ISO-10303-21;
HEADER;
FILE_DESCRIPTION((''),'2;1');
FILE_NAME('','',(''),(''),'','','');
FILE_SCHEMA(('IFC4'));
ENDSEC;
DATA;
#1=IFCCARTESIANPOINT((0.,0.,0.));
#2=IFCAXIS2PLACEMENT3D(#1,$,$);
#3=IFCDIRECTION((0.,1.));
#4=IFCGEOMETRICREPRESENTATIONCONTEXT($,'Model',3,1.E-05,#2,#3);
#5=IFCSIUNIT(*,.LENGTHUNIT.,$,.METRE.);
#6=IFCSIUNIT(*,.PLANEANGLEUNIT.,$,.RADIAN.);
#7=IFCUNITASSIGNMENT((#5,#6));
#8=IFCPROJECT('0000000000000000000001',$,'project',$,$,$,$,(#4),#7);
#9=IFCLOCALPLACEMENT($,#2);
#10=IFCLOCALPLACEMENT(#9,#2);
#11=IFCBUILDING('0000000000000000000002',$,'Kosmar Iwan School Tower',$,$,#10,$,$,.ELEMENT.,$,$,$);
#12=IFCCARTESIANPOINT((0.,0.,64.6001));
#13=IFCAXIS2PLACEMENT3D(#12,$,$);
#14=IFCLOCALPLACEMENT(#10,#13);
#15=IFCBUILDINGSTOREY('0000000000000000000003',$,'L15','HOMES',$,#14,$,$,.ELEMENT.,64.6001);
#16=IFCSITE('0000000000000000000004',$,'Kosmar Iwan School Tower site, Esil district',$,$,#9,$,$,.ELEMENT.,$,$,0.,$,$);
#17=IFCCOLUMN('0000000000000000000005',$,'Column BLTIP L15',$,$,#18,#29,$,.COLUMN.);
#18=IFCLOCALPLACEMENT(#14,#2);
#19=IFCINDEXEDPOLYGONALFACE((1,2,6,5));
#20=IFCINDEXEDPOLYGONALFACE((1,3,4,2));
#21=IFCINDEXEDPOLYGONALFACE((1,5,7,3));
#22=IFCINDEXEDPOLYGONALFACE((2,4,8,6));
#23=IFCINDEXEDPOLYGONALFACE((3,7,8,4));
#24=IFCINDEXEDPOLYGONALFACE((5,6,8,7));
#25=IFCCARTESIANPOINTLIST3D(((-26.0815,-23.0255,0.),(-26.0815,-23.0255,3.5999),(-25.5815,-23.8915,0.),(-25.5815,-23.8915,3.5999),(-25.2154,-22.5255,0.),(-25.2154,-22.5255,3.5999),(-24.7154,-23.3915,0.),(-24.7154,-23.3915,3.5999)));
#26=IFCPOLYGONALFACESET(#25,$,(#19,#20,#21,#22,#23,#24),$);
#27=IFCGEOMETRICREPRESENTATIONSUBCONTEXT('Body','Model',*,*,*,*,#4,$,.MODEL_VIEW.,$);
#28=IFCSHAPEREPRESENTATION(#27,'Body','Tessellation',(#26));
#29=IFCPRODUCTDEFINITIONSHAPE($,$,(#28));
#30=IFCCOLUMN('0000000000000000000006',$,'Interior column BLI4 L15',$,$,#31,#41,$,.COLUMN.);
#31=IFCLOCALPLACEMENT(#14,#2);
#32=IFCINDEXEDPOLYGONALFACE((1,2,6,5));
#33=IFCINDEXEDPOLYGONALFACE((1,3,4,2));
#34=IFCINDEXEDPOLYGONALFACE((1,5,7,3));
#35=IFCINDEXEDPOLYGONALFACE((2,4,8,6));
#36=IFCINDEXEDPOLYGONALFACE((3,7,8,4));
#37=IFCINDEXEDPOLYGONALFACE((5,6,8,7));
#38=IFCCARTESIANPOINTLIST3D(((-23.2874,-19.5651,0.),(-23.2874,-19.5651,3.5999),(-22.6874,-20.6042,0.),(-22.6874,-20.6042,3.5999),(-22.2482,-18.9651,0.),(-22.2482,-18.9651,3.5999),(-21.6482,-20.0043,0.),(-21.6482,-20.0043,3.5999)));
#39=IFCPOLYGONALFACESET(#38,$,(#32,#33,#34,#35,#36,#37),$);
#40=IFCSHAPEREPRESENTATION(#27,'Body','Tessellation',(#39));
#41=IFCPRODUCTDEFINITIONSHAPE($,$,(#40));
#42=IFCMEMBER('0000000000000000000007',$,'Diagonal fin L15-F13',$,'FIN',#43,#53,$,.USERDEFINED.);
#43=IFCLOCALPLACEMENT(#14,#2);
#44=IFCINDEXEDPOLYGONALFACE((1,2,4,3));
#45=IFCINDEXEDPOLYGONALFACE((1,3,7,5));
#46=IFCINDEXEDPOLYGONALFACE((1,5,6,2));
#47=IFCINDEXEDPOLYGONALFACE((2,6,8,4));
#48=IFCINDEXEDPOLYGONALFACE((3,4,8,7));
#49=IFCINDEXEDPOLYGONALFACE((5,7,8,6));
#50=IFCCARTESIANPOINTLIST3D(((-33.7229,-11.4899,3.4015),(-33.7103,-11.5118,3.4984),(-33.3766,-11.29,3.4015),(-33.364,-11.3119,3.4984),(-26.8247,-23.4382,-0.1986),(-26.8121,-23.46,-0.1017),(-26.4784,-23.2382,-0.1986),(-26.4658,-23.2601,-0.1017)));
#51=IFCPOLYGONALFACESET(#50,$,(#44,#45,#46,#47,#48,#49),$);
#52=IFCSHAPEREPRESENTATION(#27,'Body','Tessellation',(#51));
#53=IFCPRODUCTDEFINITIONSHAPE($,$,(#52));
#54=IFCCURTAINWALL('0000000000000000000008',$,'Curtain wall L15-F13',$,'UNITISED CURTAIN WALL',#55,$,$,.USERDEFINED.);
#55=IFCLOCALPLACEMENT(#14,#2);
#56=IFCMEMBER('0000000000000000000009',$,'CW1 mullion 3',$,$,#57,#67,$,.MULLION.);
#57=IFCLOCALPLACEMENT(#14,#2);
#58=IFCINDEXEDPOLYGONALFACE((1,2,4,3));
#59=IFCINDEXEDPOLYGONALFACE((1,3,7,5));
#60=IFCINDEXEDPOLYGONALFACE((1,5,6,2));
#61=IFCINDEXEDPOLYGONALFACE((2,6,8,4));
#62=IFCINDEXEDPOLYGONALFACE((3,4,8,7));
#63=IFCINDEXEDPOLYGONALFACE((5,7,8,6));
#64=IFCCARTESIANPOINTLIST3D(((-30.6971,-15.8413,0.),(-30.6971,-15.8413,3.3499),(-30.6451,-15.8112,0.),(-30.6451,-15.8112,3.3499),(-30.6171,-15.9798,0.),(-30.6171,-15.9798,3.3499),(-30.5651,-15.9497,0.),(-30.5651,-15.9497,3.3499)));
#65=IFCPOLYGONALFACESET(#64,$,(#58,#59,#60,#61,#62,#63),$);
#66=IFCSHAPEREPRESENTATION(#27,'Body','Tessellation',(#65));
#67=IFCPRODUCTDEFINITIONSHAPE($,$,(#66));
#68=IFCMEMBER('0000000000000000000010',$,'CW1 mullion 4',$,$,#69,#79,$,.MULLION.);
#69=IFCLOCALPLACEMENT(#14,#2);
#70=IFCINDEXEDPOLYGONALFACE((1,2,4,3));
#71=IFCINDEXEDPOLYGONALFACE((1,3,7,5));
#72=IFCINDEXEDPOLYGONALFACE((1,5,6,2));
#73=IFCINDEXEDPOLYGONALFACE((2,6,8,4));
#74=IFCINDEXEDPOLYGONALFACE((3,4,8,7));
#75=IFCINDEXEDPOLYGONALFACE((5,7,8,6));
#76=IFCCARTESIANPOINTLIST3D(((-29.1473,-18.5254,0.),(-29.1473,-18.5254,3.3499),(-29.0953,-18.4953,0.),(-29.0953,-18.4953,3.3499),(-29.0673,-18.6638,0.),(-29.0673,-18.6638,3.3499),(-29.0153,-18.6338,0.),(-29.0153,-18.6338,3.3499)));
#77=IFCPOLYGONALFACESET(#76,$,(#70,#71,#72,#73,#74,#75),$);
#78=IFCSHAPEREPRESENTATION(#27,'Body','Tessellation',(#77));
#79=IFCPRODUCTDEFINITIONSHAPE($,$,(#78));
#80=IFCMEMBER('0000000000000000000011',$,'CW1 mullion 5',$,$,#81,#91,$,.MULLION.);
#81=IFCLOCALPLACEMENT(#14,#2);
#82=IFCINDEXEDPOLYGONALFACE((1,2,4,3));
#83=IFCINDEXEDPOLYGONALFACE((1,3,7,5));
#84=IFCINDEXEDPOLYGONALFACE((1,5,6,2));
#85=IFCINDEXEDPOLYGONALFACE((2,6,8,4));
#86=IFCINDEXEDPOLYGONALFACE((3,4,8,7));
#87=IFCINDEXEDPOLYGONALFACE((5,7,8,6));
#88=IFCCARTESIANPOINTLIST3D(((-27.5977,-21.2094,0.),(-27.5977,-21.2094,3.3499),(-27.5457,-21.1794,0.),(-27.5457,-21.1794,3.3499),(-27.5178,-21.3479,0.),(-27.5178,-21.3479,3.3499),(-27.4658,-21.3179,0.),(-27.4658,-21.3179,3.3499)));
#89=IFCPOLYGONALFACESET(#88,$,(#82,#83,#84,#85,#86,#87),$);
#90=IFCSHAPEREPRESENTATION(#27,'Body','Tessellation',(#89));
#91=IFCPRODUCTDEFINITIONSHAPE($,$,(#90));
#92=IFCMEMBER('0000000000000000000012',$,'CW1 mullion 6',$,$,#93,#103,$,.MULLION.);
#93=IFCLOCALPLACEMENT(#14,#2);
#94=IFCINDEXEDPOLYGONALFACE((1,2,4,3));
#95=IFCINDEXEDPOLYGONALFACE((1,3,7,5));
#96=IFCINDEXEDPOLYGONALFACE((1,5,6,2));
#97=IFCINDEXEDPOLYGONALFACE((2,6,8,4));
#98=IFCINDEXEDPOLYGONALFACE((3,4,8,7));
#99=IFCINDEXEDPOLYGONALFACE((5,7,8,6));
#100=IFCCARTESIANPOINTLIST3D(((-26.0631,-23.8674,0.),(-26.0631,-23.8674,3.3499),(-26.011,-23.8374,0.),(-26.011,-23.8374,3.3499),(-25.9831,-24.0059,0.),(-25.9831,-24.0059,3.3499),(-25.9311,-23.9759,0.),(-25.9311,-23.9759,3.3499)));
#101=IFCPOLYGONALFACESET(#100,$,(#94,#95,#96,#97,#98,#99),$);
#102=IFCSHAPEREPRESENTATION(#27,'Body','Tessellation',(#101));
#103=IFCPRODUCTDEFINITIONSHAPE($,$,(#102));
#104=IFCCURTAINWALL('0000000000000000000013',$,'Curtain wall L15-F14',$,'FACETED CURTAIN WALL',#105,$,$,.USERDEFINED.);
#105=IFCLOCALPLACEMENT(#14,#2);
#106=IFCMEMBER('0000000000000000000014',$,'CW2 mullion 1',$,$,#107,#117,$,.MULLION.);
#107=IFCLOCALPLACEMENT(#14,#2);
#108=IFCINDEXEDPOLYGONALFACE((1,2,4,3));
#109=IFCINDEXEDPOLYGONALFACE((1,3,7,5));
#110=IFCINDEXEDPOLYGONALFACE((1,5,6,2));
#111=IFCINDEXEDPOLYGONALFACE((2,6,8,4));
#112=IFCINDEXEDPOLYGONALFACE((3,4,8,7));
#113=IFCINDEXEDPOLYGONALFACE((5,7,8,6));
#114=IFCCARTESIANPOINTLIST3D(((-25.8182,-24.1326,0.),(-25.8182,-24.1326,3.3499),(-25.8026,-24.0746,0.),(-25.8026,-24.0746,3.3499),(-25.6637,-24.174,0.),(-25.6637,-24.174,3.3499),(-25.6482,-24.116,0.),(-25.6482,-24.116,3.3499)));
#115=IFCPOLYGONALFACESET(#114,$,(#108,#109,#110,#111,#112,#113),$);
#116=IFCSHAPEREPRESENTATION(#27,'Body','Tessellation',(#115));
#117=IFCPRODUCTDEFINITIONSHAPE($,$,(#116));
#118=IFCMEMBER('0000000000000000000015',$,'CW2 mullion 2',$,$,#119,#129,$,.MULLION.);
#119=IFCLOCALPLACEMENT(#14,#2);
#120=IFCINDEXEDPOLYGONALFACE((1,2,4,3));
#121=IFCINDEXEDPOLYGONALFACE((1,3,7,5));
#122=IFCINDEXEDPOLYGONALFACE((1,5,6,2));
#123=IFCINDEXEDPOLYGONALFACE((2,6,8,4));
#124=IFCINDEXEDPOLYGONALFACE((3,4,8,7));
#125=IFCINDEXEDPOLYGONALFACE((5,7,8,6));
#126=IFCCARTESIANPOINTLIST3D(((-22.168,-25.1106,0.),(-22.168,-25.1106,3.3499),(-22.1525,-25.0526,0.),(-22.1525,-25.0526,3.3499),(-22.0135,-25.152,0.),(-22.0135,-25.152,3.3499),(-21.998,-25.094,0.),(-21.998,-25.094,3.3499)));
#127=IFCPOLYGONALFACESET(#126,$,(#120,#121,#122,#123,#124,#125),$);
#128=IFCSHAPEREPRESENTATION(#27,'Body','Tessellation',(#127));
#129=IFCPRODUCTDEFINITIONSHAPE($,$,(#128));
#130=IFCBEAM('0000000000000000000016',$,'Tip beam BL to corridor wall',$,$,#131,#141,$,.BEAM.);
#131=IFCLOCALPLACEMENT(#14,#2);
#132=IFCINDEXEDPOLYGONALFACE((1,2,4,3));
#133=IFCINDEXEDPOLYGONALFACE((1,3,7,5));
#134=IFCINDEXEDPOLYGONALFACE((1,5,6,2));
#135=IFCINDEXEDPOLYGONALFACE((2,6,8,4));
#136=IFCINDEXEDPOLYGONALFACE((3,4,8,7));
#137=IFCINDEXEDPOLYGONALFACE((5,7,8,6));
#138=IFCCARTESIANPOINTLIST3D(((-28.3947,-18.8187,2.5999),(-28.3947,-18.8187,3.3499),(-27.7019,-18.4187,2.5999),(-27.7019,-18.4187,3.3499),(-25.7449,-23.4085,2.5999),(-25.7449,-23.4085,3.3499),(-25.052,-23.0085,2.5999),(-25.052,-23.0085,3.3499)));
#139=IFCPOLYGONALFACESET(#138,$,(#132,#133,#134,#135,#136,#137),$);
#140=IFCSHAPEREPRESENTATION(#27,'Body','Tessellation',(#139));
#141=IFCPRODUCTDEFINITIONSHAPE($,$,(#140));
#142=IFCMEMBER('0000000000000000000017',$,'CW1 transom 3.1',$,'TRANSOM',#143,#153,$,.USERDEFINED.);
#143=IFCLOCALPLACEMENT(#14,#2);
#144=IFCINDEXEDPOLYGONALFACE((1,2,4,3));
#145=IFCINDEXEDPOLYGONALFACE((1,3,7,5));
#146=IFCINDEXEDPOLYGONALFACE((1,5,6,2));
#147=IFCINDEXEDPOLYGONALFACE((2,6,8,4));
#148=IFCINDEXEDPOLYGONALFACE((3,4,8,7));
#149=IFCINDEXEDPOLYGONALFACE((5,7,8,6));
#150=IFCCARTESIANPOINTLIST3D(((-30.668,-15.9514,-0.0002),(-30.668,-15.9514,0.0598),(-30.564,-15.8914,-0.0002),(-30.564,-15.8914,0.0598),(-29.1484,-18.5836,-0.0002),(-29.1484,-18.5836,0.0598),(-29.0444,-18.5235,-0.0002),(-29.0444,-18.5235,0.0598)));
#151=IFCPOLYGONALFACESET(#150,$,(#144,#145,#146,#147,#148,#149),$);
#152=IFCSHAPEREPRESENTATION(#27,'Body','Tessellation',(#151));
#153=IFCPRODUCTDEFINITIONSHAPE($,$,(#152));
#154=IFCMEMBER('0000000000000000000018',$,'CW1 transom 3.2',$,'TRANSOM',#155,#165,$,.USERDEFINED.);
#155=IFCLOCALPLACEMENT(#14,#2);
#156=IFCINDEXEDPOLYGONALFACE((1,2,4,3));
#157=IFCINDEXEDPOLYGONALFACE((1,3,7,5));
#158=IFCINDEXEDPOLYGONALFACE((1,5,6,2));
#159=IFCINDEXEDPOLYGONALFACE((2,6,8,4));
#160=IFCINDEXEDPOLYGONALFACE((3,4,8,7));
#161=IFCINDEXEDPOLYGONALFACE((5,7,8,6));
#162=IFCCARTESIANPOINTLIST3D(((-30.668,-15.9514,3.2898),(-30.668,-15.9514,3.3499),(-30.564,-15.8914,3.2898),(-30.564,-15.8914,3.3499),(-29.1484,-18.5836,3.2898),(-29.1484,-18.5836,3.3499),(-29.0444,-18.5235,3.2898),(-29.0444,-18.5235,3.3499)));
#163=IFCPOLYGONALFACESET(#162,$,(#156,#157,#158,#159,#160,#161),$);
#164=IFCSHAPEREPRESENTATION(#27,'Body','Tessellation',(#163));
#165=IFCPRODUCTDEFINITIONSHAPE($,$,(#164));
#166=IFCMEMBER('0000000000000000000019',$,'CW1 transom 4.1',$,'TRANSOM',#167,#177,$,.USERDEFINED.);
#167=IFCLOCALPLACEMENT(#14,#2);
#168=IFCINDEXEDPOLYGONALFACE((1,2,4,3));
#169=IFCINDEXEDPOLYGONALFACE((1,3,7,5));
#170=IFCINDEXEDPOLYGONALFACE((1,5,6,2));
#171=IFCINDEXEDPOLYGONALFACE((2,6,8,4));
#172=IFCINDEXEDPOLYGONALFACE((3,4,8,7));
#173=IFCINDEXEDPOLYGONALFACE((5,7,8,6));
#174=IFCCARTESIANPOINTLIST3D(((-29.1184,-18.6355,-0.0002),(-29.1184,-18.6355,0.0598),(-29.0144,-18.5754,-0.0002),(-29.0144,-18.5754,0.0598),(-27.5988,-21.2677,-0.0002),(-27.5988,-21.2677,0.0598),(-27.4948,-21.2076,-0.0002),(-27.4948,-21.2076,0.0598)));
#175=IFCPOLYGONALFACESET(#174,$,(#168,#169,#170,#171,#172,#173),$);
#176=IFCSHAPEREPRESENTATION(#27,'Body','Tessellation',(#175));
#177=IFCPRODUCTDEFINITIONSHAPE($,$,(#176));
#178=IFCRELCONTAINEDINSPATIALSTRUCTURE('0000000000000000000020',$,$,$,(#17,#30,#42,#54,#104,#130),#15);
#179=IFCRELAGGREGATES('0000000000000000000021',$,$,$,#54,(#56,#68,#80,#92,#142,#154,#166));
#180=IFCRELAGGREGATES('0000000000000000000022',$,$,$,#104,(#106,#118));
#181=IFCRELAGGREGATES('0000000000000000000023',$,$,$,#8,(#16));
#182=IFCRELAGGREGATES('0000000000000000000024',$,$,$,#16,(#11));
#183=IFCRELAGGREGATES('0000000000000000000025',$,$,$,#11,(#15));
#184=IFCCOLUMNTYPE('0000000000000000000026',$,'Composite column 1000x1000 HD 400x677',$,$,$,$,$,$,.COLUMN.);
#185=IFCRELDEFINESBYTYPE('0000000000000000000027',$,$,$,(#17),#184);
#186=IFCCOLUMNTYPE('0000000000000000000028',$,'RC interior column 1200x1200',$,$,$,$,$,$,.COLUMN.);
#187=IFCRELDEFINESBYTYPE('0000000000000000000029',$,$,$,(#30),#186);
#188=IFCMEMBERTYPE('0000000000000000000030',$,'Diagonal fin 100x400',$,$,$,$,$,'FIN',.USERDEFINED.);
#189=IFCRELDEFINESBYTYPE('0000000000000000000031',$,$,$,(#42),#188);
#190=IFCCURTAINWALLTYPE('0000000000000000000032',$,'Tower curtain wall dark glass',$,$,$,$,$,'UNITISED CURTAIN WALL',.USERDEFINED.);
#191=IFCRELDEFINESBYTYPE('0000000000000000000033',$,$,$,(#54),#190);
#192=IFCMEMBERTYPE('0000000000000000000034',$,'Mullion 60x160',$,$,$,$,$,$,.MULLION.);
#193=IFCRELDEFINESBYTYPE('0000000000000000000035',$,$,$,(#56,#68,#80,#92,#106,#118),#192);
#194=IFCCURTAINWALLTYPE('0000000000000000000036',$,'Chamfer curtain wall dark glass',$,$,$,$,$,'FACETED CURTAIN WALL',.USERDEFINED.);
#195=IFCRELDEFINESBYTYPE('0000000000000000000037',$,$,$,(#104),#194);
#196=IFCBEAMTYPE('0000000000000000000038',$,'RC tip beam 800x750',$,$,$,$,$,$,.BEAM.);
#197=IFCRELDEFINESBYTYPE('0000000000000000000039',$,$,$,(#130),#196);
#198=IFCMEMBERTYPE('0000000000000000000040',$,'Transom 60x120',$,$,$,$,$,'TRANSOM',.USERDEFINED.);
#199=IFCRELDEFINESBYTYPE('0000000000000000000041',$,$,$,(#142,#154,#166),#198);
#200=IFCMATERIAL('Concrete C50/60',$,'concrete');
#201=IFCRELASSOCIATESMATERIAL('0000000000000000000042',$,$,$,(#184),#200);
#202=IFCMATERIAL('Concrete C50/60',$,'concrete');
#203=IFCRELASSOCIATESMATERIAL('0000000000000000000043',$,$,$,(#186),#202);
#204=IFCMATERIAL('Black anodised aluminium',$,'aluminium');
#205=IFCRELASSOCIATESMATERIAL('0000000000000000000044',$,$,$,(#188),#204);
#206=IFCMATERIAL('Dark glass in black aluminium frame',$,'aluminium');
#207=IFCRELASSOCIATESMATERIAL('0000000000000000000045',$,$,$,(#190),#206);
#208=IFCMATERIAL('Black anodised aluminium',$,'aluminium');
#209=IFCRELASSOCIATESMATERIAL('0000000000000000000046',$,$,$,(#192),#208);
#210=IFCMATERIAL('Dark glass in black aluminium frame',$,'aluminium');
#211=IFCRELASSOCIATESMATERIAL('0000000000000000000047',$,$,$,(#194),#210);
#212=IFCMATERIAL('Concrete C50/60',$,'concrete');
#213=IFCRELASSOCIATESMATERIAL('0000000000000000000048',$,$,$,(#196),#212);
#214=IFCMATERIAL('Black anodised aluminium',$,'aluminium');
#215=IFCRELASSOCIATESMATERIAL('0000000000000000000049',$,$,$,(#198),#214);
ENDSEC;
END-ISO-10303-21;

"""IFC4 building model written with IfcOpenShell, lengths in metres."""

from ifc_helpers import new_model, si_unit, direction, frame, origin, origin_2d, place, context, subcontext, project, spatial, rectangle, extrude, material, material_profile, profile_set, type_object, element, aggregate, save


model = new_model("IFC4")

# Units and contexts
model_context = context("Model", 3, precision=1e-05, world=origin(), true_north=direction((0.0, 1.0)))
body_context = subcontext(model_context, "Body", "Model", "MODEL_VIEW")
ifc_project = project(units=[si_unit("LENGTHUNIT", "METRE"), si_unit("PLANEANGLEUNIT", "RADIAN")], contexts=[model_context])

# Site, building, storey
site_placement = place(None, origin())
site = spatial("IfcSite", under=ifc_project, at=site_placement, Name="Kosmar Iwan School Tower site, Esil district", CompositionType="ELEMENT", RefElevation=0.0)
building_placement = place(site_placement, origin())
building = spatial("IfcBuilding", under=site, at=building_placement, Name="Kosmar Iwan School Tower", CompositionType="ELEMENT")
storey_placement = place(building_placement, frame((0.0, 0.0, 64.6001)))
storey = spatial("IfcBuildingStorey", under=building, at=storey_placement, Name="L15", Description="HOMES", CompositionType="ELEMENT", Elevation=64.6001)

# Columns
ifc_material_1 = material(Name="Concrete C50/60", Category="concrete")
ifc_material_profile_1 = material_profile(ifc_material_1, rectangle(XDim=1.0, YDim=1.0, at=origin_2d()), Name="RC 1000x1000 + HD 400x677")
ifc_profile_set_1 = profile_set([ifc_material_profile_1], Name="Concrete C50/60")
column_type_1 = type_object("IfcColumnType", Name="Composite column 1000x1000 HD 400x677", PredefinedType="COLUMN", material=ifc_profile_set_1)
column_1_placement = place(storey_placement, frame((-25.3984, -23.2085, 0.0), z_axis=(0.0, 0.0, 1.0), x_axis=(-0.866025, -0.5, 0.0)))
element("IfcColumn", 1, at=column_1_placement, inside=storey, type_object=column_type_1, Name="Column BLTIP L15", PredefinedType="COLUMN", context=body_context, shape_type="SweptSolid", body=[
    extrude(rectangle(XDim=1.0, YDim=1.0, at=origin_2d()), origin(), (0.0, 0.0, 1.0), 3.5999),
])
ifc_material_2 = material(Name="Concrete C50/60", Category="concrete")
ifc_material_profile_2 = material_profile(ifc_material_2, rectangle(XDim=1.2, YDim=1.2, at=origin_2d()), Name="RC 1200x1200")
ifc_profile_set_2 = profile_set([ifc_material_profile_2], Name="Concrete C50/60")
column_type_2 = type_object("IfcColumnType", Name="RC interior column 1200x1200", PredefinedType="COLUMN", material=ifc_profile_set_2)
column_2_placement = place(storey_placement, frame((-22.4678, -19.7847, 0.0), z_axis=(0.0, 0.0, 1.0), x_axis=(-0.866025, -0.5, 0.0)))
element("IfcColumn", 2, at=column_2_placement, inside=storey, type_object=column_type_2, Name="Interior column BLI4 L15", PredefinedType="COLUMN", context=body_context, shape_type="SweptSolid", body=[
    extrude(rectangle(XDim=1.2, YDim=1.2, at=origin_2d()), origin(), (0.0, 0.0, 1.0), 3.5999),
])

# Member
ifc_material_3 = material(Name="Black anodised aluminium", Category="aluminium")
ifc_material_profile_3 = material_profile(ifc_material_3, rectangle(XDim=0.1001, YDim=0.3999, at=origin_2d()), Name="FIN 100x400")
ifc_profile_set_3 = profile_set([ifc_material_profile_3], Name="Black anodised aluminium")
member_type_1 = type_object("IfcMemberType", Name="Diagonal fin 100x400", ElementType="FIN", PredefinedType="USERDEFINED", material=ifc_profile_set_3)
member_1_placement = place(storey_placement, frame((-26.6453, -23.3491, -0.1501), z_axis=(-0.483793, 0.83797, 0.252487), x_axis=(0.126242, -0.218661, 0.9676)))
element("IfcMember", 3, at=member_1_placement, inside=storey, type_object=member_type_1, Name="Diagonal fin L15-F13", ObjectType="FIN", PredefinedType="USERDEFINED", context=body_context, shape_type="SweptSolid", body=[
    extrude(rectangle(XDim=0.1001, YDim=0.3999, at=origin_2d()), origin(), (0.0, 0.0, 1.0), 14.2585),
])

# Curtain walls, members
ifc_material_4 = material(Name="Dark glass in black aluminium frame", Category="aluminium")
curtain_wall_type_1 = type_object("IfcCurtainWallType", Name="Tower curtain wall dark glass", ElementType="UNITISED CURTAIN WALL", PredefinedType="USERDEFINED", material=ifc_material_4)
curtain_wall_1_placement = place(storey_placement, origin())
curtain_wall_1 = element("IfcCurtainWall", 4, at=curtain_wall_1_placement, inside=storey, type_object=curtain_wall_type_1, Name="Curtain wall L15-F13", ObjectType="UNITISED CURTAIN WALL", PredefinedType="USERDEFINED")
ifc_material_5 = material(Name="Black anodised aluminium", Category="aluminium")
ifc_material_profile_4 = material_profile(ifc_material_5, rectangle(XDim=0.0601, YDim=0.1599, at=origin_2d()), Name="MULLION 60x160")
ifc_profile_set_4 = profile_set([ifc_material_profile_4], Name="Black anodised aluminium")
member_type_2 = type_object("IfcMemberType", Name="Mullion 60x160", PredefinedType="MULLION", material=ifc_profile_set_4)
member_2_placement = place(storey_placement, frame((-30.6311, -15.8955, 0.0), z_axis=(0.0, 0.0, 1.0), x_axis=(0.866025, 0.5, 0.0)))
member_2 = element("IfcMember", 5, at=member_2_placement, type_object=member_type_2, Name="CW1 mullion 3", PredefinedType="MULLION", context=body_context, shape_type="SweptSolid", body=[
    extrude(rectangle(XDim=0.0601, YDim=0.1599, at=origin_2d()), origin(), (0.0, 0.0, 1.0), 3.3499),
])
member_3_placement = place(storey_placement, frame((-29.0813, -18.5796, 0.0), z_axis=(0.0, 0.0, 1.0), x_axis=(0.866025, 0.5, 0.0)))
member_3 = element("IfcMember", 6, at=member_3_placement, type_object=member_type_2, Name="CW1 mullion 4", PredefinedType="MULLION", context=body_context, shape_type="SweptSolid", body=[
    extrude(rectangle(XDim=0.0601, YDim=0.1599, at=origin_2d()), origin(), (0.0, 0.0, 1.0), 3.3499),
])
member_4_placement = place(storey_placement, frame((-27.5317, -21.2637, 0.0), z_axis=(0.0, 0.0, 1.0), x_axis=(0.866025, 0.5, 0.0)))
member_4 = element("IfcMember", 7, at=member_4_placement, type_object=member_type_2, Name="CW1 mullion 5", PredefinedType="MULLION", context=body_context, shape_type="SweptSolid", body=[
    extrude(rectangle(XDim=0.0601, YDim=0.1599, at=origin_2d()), origin(), (0.0, 0.0, 1.0), 3.3499),
])
member_5_placement = place(storey_placement, frame((-25.9971, -23.9216, 0.0), z_axis=(0.0, 0.0, 1.0), x_axis=(0.866025, 0.5, 0.0)))
member_5 = element("IfcMember", 8, at=member_5_placement, type_object=member_type_2, Name="CW1 mullion 6", PredefinedType="MULLION", context=body_context, shape_type="SweptSolid", body=[
    extrude(rectangle(XDim=0.0601, YDim=0.1599, at=origin_2d()), origin(), (0.0, 0.0, 1.0), 3.3499),
])
ifc_material_6 = material(Name="Dark glass in black aluminium frame", Category="aluminium")
curtain_wall_type_2 = type_object("IfcCurtainWallType", Name="Chamfer curtain wall dark glass", ElementType="FACETED CURTAIN WALL", PredefinedType="USERDEFINED", material=ifc_material_6)
curtain_wall_2_placement = place(storey_placement, origin())
curtain_wall_2 = element("IfcCurtainWall", 9, at=curtain_wall_2_placement, inside=storey, type_object=curtain_wall_type_2, Name="Curtain wall L15-F14", ObjectType="FACETED CURTAIN WALL", PredefinedType="USERDEFINED")
member_6_placement = place(storey_placement, frame((-25.7332, -24.1243, 0.0), z_axis=(0.0, 0.0, 1.0), x_axis=(0.258819, 0.965926, 0.0)))
member_6 = element("IfcMember", 10, at=member_6_placement, type_object=member_type_2, Name="CW2 mullion 1", PredefinedType="MULLION", context=body_context, shape_type="SweptSolid", body=[
    extrude(rectangle(XDim=0.0601, YDim=0.1599, at=origin_2d()), origin(), (0.0, 0.0, 1.0), 3.3499),
])
member_7_placement = place(storey_placement, frame((-22.083, -25.1023, 0.0), z_axis=(0.0, 0.0, 1.0), x_axis=(0.258819, 0.965926, 0.0)))
member_7 = element("IfcMember", 11, at=member_7_placement, type_object=member_type_2, Name="CW2 mullion 2", PredefinedType="MULLION", context=body_context, shape_type="SweptSolid", body=[
    extrude(rectangle(XDim=0.0601, YDim=0.1599, at=origin_2d()), origin(), (0.0, 0.0, 1.0), 3.3499),
])

# Beam
ifc_material_7 = material(Name="Concrete C50/60", Category="concrete")
ifc_material_profile_5 = material_profile(ifc_material_7, rectangle(XDim=0.8, YDim=0.75, at=origin_2d()), Name="RC 800x750")
ifc_profile_set_5 = profile_set([ifc_material_profile_5], Name="Concrete C50/60")
beam_type = type_object("IfcBeamType", Name="RC tip beam 800x750", PredefinedType="BEAM", material=ifc_profile_set_5)
beam_placement = place(storey_placement, frame((-25.3984, -23.2085, 2.9749), z_axis=(-0.499994, 0.866029, 0.0), x_axis=(-0.866029, -0.499994, 0.0)))
element("IfcBeam", 12, at=beam_placement, inside=storey, type_object=beam_type, Name="Tip beam BL to corridor wall", PredefinedType="BEAM", context=body_context, shape_type="SweptSolid", body=[
    extrude(rectangle(XDim=0.8, YDim=0.75, at=origin_2d()), origin(), (0.0, 0.0, 1.0), 5.2998),
])

# Members
ifc_material_8 = material(Name="Black anodised aluminium", Category="aluminium")
ifc_material_profile_6 = material_profile(ifc_material_8, rectangle(XDim=0.1201, YDim=0.0601, at=origin_2d()), Name="TRANSOM 60x120")
ifc_profile_set_6 = profile_set([ifc_material_profile_6], Name="Black anodised aluminium")
member_type_3 = type_object("IfcMemberType", Name="Transom 60x120", ElementType="TRANSOM", PredefinedType="USERDEFINED", material=ifc_profile_set_6)
member_8_placement = place(storey_placement, frame((-30.616, -15.9214, 0.0298), z_axis=(0.499975, -0.86604, 0.0), x_axis=(0.86604, 0.499975, 0.0)))
member_8 = element("IfcMember", 13, at=member_8_placement, type_object=member_type_3, Name="CW1 transom 3.1", ObjectType="TRANSOM", PredefinedType="USERDEFINED", context=body_context, shape_type="SweptSolid", body=[
    extrude(rectangle(XDim=0.1201, YDim=0.0601, at=origin_2d()), origin(), (0.0, 0.0, 1.0), 3.0393),
])
member_9_placement = place(storey_placement, frame((-30.616, -15.9214, 3.3198), z_axis=(0.499975, -0.86604, 0.0), x_axis=(0.86604, 0.499975, 0.0)))
member_9 = element("IfcMember", 14, at=member_9_placement, type_object=member_type_3, Name="CW1 transom 3.2", ObjectType="TRANSOM", PredefinedType="USERDEFINED", context=body_context, shape_type="SweptSolid", body=[
    extrude(rectangle(XDim=0.1201, YDim=0.0601, at=origin_2d()), origin(), (0.0, 0.0, 1.0), 3.0393),
])
member_10_placement = place(storey_placement, frame((-29.0664, -18.6055, 0.0298), z_axis=(0.499975, -0.86604, 0.0), x_axis=(0.86604, 0.499975, 0.0)))
member_10 = element("IfcMember", 15, at=member_10_placement, type_object=member_type_3, Name="CW1 transom 4.1", ObjectType="TRANSOM", PredefinedType="USERDEFINED", context=body_context, shape_type="SweptSolid", body=[
    extrude(rectangle(XDim=0.1201, YDim=0.0601, at=origin_2d()), origin(), (0.0, 0.0, 1.0), 3.0393),
])

aggregate(curtain_wall_1, [member_2, member_3, member_4, member_5, member_8, member_9, member_10])
aggregate(curtain_wall_2, [member_6, member_7])

save(model, "model.ifc")
